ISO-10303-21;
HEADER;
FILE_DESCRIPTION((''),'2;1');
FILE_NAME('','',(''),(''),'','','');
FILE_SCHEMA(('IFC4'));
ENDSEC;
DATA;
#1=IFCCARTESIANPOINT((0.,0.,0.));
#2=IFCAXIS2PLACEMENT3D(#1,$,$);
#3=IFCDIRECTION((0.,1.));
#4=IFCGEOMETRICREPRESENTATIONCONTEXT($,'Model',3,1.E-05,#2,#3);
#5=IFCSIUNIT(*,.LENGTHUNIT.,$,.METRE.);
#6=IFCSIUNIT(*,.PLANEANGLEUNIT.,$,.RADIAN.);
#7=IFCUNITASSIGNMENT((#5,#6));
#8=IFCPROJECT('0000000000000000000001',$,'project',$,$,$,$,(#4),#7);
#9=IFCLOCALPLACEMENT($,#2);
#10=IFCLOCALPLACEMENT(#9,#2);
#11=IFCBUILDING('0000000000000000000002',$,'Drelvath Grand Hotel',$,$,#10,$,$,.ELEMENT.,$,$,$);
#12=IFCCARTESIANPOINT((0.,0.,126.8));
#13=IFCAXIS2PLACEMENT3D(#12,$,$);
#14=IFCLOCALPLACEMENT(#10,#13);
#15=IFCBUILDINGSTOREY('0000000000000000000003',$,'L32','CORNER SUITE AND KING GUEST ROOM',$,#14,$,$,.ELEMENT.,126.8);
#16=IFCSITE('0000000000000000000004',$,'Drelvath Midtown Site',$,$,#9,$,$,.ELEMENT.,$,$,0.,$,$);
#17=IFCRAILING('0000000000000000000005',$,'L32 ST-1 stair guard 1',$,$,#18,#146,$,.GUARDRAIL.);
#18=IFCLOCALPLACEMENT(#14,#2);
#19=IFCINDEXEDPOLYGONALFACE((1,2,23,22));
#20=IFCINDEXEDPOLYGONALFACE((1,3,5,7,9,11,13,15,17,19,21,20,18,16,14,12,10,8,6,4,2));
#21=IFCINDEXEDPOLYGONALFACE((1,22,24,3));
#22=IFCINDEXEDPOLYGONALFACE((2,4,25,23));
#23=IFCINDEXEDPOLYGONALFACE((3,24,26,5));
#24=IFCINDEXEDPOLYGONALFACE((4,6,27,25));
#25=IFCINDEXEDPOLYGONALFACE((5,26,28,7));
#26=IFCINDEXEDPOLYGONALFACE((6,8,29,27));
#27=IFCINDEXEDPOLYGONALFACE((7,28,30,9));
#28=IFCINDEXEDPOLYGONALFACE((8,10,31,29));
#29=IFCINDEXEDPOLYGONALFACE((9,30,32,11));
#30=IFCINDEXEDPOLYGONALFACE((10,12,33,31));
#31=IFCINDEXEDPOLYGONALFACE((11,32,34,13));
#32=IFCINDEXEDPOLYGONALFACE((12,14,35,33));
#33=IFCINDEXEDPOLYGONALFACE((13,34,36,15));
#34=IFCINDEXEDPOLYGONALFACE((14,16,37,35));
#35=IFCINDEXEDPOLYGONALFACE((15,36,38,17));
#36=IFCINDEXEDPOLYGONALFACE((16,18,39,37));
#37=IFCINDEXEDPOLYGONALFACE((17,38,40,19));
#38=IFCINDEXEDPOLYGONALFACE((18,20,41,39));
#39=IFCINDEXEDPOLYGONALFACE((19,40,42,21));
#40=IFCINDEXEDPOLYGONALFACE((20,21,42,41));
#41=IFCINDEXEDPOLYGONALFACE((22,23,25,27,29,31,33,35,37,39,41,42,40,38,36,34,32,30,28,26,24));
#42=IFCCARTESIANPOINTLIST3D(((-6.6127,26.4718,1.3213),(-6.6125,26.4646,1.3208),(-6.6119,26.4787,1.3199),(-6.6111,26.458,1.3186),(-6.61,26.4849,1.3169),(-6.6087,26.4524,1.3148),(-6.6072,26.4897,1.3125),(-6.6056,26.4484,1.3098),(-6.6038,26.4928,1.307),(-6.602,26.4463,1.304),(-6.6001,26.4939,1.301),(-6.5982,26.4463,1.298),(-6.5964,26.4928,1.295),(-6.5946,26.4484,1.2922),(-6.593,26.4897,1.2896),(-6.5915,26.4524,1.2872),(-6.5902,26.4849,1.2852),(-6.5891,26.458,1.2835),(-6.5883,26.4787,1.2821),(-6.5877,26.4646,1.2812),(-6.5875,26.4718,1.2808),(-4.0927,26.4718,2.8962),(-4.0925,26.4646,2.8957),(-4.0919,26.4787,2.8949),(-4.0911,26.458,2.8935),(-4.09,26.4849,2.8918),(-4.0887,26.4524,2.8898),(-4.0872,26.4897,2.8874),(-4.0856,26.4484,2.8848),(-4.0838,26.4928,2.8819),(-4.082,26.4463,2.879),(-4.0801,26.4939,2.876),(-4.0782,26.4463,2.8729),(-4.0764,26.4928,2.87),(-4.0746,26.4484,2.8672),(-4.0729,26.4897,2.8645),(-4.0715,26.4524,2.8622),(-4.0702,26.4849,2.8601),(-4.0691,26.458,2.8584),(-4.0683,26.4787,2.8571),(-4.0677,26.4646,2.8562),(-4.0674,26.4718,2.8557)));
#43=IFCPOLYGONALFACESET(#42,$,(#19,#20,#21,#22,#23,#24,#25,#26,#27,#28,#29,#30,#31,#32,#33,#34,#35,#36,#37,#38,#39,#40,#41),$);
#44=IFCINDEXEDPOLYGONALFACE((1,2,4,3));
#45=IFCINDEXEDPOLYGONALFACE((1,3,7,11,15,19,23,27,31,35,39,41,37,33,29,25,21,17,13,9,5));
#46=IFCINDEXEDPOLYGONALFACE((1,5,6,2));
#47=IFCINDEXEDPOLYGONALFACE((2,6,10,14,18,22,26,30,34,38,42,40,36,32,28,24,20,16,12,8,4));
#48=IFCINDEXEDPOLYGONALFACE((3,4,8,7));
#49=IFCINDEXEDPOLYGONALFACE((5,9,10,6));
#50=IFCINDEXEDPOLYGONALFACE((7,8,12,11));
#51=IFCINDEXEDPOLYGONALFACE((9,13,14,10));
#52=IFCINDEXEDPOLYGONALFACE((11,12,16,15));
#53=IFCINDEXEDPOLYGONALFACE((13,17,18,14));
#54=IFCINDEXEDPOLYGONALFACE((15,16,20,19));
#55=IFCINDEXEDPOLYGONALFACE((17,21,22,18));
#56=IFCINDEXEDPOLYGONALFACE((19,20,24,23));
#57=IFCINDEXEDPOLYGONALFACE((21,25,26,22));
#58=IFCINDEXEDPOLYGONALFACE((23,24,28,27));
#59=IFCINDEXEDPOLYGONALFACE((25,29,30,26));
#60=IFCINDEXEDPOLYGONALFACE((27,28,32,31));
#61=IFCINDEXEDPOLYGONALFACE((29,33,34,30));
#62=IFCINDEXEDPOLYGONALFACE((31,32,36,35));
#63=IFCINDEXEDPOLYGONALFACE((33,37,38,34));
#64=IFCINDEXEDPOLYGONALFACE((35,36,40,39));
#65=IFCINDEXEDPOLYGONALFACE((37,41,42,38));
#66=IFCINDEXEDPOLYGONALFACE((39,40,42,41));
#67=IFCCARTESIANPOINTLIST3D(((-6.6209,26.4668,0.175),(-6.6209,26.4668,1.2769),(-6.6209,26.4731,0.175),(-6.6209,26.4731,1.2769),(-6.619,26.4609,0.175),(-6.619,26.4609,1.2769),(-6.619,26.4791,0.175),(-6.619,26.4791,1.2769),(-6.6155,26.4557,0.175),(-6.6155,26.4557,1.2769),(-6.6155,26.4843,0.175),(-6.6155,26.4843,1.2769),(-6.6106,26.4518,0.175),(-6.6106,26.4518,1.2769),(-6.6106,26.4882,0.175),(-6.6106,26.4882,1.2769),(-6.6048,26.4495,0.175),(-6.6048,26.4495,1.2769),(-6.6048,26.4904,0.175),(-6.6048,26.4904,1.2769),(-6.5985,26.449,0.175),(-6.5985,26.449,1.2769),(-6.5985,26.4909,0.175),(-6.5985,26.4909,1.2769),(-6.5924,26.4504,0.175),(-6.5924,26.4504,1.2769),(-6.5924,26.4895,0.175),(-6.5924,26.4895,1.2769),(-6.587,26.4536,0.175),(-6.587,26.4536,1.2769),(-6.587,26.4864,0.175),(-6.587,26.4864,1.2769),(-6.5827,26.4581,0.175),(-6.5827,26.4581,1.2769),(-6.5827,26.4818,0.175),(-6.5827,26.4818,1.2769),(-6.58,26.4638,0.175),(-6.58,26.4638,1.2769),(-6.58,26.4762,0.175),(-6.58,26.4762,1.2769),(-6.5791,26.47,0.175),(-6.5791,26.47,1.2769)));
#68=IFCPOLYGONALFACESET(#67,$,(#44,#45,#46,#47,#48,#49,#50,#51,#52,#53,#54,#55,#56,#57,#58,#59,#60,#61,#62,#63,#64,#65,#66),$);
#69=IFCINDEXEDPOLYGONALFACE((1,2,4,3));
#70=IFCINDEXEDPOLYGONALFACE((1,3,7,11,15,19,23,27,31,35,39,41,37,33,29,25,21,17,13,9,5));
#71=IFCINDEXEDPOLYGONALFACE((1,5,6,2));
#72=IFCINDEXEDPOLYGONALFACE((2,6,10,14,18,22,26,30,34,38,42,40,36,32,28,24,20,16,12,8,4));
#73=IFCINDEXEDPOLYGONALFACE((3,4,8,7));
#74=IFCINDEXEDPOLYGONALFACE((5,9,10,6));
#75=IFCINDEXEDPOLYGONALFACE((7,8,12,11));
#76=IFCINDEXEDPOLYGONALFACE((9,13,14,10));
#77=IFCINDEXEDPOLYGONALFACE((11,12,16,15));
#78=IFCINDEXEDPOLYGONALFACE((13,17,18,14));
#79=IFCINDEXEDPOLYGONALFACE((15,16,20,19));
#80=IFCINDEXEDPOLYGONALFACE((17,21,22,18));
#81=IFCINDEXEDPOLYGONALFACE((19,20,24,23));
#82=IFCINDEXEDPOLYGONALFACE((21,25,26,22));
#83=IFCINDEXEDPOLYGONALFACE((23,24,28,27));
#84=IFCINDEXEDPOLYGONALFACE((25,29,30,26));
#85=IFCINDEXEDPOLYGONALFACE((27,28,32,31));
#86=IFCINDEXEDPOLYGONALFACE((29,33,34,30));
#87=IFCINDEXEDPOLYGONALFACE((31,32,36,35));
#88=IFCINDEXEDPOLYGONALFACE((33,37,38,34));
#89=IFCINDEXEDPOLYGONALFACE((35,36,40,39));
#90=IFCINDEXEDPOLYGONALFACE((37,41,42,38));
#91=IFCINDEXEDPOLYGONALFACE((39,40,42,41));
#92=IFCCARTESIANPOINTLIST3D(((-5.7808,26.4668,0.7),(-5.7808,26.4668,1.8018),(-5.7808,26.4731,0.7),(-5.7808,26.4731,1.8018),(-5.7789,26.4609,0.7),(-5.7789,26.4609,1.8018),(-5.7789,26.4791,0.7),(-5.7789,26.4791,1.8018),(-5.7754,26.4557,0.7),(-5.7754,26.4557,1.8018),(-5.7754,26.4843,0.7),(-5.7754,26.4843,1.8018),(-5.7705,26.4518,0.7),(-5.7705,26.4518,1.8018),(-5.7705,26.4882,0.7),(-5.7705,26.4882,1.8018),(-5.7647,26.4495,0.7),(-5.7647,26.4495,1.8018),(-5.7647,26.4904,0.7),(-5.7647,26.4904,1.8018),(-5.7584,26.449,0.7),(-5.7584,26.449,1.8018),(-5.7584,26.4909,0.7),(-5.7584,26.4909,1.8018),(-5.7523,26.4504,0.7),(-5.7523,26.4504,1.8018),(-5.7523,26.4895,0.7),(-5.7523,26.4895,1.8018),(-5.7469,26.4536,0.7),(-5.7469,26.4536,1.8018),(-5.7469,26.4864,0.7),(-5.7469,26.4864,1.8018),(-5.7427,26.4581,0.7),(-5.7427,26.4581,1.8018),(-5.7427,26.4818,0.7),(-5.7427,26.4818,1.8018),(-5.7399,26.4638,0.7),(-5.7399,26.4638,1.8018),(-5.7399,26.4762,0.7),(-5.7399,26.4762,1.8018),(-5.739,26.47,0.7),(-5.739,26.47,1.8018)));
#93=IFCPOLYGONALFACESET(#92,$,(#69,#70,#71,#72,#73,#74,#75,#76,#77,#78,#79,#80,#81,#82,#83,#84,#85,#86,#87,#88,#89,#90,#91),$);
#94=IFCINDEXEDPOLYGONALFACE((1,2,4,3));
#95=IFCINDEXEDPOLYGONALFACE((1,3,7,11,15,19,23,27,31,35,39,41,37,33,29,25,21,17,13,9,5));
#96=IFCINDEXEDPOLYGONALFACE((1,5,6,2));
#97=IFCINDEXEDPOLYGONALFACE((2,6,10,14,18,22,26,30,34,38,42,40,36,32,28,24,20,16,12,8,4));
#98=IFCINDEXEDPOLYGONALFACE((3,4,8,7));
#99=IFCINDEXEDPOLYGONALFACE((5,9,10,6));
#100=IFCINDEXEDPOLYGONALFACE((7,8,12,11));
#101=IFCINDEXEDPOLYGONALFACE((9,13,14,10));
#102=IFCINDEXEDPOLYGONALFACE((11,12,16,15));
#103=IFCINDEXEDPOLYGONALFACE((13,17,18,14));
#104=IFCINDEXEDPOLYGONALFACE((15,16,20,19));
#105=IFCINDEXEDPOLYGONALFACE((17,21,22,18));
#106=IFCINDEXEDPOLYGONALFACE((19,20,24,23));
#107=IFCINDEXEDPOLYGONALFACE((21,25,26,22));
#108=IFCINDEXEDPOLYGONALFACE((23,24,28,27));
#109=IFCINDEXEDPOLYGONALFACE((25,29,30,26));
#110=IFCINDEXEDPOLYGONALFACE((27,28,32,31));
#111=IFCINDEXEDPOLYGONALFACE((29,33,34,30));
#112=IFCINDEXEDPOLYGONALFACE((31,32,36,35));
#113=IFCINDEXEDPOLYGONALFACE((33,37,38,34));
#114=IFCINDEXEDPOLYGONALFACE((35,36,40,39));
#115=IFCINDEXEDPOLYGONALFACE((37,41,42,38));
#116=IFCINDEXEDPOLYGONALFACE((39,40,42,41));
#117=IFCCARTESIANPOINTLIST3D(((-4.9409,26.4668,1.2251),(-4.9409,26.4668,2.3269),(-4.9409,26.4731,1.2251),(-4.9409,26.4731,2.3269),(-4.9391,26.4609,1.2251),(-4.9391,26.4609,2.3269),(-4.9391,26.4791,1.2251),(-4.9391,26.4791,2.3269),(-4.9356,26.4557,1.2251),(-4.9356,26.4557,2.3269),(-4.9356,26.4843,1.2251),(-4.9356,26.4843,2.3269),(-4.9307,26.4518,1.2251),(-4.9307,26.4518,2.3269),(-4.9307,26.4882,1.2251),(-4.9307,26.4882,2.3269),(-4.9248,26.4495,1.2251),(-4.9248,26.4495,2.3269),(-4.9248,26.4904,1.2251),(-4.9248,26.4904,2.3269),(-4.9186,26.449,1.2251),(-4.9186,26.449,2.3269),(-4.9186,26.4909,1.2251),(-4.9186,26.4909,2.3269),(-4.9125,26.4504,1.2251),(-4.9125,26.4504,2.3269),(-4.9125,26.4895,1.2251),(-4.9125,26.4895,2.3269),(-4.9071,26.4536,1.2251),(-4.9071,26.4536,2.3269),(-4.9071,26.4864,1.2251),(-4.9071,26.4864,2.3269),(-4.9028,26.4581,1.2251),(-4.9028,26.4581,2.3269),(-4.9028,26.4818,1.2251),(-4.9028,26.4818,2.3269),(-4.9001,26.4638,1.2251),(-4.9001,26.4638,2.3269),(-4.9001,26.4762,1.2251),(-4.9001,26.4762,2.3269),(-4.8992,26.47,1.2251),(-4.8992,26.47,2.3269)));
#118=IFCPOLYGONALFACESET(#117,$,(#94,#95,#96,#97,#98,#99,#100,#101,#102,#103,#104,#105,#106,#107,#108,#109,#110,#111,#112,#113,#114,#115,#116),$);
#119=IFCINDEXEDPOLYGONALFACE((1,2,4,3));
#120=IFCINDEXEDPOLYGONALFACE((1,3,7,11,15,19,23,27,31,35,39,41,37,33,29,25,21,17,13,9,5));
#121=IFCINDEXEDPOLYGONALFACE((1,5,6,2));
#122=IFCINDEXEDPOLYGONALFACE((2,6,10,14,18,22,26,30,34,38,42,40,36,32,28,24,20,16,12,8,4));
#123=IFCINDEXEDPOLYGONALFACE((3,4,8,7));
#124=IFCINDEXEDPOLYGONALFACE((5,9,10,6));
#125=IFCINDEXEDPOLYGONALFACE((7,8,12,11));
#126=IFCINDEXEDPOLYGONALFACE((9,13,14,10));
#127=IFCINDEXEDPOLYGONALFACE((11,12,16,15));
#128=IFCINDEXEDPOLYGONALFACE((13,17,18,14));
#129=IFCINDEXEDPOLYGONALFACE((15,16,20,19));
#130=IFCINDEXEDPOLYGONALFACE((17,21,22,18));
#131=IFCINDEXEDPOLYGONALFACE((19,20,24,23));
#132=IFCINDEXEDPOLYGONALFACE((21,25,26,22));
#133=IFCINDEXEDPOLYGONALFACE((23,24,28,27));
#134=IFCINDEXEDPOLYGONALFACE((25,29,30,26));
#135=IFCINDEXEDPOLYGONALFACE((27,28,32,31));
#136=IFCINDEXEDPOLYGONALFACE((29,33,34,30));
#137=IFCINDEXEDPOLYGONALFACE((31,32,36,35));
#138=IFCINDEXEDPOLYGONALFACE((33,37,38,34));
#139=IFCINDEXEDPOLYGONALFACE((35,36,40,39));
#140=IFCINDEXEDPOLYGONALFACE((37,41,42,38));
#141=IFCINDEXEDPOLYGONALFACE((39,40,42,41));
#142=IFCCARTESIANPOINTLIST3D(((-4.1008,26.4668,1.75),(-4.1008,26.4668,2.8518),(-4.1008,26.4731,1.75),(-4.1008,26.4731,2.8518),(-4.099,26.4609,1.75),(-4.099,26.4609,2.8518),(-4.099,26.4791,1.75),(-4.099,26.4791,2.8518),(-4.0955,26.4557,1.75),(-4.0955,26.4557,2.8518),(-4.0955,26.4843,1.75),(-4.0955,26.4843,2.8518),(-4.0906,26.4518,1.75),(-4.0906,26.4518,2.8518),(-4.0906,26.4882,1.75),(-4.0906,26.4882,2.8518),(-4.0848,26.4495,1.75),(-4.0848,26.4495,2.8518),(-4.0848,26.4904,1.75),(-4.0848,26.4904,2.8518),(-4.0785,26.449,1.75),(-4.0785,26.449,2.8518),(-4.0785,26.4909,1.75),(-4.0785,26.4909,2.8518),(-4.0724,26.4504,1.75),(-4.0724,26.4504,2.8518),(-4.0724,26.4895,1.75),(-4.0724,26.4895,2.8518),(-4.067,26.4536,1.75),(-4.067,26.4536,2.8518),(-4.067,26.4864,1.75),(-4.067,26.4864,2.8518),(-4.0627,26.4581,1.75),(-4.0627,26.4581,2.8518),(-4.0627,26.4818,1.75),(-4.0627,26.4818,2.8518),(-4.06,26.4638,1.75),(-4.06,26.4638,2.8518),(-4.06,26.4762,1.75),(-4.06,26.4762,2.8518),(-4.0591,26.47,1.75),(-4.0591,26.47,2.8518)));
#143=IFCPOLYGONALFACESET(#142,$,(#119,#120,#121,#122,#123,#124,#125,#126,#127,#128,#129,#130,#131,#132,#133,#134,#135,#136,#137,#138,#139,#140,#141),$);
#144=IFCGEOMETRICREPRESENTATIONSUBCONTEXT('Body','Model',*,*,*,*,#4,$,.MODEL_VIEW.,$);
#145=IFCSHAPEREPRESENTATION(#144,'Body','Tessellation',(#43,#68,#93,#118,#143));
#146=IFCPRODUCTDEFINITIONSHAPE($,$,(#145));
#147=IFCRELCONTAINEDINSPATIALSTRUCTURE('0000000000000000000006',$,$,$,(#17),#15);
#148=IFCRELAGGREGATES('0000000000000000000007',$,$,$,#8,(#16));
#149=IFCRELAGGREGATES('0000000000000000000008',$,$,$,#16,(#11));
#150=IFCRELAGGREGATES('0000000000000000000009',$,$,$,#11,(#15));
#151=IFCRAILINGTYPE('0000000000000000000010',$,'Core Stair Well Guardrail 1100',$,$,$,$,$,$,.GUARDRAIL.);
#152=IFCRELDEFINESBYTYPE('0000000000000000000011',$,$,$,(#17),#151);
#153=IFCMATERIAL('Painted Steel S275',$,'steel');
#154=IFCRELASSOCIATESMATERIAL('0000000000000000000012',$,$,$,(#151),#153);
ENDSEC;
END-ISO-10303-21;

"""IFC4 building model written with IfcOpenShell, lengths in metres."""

from ifc_helpers import new_model, si_unit, direction, frame, origin, origin_2d, place, context, subcontext, project, spatial, circle, extrude, material, type_object, element, save


model = new_model("IFC4")

# Units and contexts
model_context = context("Model", 3, precision=1e-05, world=origin(), true_north=direction((0.0, 1.0)))
body_context = subcontext(model_context, "Body", "Model", "MODEL_VIEW")
ifc_project = project(units=[si_unit("LENGTHUNIT", "METRE"), si_unit("PLANEANGLEUNIT", "RADIAN")], contexts=[model_context])

# Site, building, storey
site_placement = place(None, origin())
site = spatial("IfcSite", under=ifc_project, at=site_placement, Name="Drelvath Midtown Site", CompositionType="ELEMENT", RefElevation=0.0)
building_placement = place(site_placement, origin())
building = spatial("IfcBuilding", under=site, at=building_placement, Name="Drelvath Grand Hotel", CompositionType="ELEMENT")
storey_placement = place(building_placement, frame((0.0, 0.0, 126.8)))
storey = spatial("IfcBuildingStorey", under=building, at=storey_placement, Name="L32", Description="CORNER SUITE AND KING GUEST ROOM", CompositionType="ELEMENT", Elevation=126.8)

# Shared definitions
ifc_material_1 = material(Name="Painted Steel S275", Category="steel")

# Railing
railing_type_1 = type_object("IfcRailingType", Name="Core Stair Well Guardrail 1100", PredefinedType="GUARDRAIL", material=ifc_material_1)
railing_1_placement = place(storey_placement, frame((-6.6001, 26.47, 0.175)))
element("IfcRailing", 1, at=railing_1_placement, inside=storey, type_object=railing_type_1, Name="L32 ST-1 stair guard 1", PredefinedType="GUARDRAIL", context=body_context, shape_type="SweptSolid", body=[
    extrude(circle(Radius=0.0239, at=origin_2d()), frame((0.0, 0.0, 1.126), z_axis=(0.848008, 0.0, 0.529984), x_axis=(0.0, 1.0, 0.0)), (0.0, 0.0, 1.0), 2.9717),
    extrude(circle(Radius=0.021, at=origin_2d()), origin(), (0.0, 0.0, 1.0), 1.1018),
    extrude(circle(Radius=0.021, at=origin_2d()), frame((0.8401, 0.0, 0.5249)), (0.0, 0.0, 1.0), 1.1018),
    extrude(circle(Radius=0.021, at=origin_2d()), frame((1.6799, 0.0, 1.05)), (0.0, 0.0, 1.0), 1.1018),
    extrude(circle(Radius=0.021, at=origin_2d()), frame((2.52, 0.0, 1.575)), (0.0, 0.0, 1.0), 1.1018),
])

save(model, "model.ifc")
